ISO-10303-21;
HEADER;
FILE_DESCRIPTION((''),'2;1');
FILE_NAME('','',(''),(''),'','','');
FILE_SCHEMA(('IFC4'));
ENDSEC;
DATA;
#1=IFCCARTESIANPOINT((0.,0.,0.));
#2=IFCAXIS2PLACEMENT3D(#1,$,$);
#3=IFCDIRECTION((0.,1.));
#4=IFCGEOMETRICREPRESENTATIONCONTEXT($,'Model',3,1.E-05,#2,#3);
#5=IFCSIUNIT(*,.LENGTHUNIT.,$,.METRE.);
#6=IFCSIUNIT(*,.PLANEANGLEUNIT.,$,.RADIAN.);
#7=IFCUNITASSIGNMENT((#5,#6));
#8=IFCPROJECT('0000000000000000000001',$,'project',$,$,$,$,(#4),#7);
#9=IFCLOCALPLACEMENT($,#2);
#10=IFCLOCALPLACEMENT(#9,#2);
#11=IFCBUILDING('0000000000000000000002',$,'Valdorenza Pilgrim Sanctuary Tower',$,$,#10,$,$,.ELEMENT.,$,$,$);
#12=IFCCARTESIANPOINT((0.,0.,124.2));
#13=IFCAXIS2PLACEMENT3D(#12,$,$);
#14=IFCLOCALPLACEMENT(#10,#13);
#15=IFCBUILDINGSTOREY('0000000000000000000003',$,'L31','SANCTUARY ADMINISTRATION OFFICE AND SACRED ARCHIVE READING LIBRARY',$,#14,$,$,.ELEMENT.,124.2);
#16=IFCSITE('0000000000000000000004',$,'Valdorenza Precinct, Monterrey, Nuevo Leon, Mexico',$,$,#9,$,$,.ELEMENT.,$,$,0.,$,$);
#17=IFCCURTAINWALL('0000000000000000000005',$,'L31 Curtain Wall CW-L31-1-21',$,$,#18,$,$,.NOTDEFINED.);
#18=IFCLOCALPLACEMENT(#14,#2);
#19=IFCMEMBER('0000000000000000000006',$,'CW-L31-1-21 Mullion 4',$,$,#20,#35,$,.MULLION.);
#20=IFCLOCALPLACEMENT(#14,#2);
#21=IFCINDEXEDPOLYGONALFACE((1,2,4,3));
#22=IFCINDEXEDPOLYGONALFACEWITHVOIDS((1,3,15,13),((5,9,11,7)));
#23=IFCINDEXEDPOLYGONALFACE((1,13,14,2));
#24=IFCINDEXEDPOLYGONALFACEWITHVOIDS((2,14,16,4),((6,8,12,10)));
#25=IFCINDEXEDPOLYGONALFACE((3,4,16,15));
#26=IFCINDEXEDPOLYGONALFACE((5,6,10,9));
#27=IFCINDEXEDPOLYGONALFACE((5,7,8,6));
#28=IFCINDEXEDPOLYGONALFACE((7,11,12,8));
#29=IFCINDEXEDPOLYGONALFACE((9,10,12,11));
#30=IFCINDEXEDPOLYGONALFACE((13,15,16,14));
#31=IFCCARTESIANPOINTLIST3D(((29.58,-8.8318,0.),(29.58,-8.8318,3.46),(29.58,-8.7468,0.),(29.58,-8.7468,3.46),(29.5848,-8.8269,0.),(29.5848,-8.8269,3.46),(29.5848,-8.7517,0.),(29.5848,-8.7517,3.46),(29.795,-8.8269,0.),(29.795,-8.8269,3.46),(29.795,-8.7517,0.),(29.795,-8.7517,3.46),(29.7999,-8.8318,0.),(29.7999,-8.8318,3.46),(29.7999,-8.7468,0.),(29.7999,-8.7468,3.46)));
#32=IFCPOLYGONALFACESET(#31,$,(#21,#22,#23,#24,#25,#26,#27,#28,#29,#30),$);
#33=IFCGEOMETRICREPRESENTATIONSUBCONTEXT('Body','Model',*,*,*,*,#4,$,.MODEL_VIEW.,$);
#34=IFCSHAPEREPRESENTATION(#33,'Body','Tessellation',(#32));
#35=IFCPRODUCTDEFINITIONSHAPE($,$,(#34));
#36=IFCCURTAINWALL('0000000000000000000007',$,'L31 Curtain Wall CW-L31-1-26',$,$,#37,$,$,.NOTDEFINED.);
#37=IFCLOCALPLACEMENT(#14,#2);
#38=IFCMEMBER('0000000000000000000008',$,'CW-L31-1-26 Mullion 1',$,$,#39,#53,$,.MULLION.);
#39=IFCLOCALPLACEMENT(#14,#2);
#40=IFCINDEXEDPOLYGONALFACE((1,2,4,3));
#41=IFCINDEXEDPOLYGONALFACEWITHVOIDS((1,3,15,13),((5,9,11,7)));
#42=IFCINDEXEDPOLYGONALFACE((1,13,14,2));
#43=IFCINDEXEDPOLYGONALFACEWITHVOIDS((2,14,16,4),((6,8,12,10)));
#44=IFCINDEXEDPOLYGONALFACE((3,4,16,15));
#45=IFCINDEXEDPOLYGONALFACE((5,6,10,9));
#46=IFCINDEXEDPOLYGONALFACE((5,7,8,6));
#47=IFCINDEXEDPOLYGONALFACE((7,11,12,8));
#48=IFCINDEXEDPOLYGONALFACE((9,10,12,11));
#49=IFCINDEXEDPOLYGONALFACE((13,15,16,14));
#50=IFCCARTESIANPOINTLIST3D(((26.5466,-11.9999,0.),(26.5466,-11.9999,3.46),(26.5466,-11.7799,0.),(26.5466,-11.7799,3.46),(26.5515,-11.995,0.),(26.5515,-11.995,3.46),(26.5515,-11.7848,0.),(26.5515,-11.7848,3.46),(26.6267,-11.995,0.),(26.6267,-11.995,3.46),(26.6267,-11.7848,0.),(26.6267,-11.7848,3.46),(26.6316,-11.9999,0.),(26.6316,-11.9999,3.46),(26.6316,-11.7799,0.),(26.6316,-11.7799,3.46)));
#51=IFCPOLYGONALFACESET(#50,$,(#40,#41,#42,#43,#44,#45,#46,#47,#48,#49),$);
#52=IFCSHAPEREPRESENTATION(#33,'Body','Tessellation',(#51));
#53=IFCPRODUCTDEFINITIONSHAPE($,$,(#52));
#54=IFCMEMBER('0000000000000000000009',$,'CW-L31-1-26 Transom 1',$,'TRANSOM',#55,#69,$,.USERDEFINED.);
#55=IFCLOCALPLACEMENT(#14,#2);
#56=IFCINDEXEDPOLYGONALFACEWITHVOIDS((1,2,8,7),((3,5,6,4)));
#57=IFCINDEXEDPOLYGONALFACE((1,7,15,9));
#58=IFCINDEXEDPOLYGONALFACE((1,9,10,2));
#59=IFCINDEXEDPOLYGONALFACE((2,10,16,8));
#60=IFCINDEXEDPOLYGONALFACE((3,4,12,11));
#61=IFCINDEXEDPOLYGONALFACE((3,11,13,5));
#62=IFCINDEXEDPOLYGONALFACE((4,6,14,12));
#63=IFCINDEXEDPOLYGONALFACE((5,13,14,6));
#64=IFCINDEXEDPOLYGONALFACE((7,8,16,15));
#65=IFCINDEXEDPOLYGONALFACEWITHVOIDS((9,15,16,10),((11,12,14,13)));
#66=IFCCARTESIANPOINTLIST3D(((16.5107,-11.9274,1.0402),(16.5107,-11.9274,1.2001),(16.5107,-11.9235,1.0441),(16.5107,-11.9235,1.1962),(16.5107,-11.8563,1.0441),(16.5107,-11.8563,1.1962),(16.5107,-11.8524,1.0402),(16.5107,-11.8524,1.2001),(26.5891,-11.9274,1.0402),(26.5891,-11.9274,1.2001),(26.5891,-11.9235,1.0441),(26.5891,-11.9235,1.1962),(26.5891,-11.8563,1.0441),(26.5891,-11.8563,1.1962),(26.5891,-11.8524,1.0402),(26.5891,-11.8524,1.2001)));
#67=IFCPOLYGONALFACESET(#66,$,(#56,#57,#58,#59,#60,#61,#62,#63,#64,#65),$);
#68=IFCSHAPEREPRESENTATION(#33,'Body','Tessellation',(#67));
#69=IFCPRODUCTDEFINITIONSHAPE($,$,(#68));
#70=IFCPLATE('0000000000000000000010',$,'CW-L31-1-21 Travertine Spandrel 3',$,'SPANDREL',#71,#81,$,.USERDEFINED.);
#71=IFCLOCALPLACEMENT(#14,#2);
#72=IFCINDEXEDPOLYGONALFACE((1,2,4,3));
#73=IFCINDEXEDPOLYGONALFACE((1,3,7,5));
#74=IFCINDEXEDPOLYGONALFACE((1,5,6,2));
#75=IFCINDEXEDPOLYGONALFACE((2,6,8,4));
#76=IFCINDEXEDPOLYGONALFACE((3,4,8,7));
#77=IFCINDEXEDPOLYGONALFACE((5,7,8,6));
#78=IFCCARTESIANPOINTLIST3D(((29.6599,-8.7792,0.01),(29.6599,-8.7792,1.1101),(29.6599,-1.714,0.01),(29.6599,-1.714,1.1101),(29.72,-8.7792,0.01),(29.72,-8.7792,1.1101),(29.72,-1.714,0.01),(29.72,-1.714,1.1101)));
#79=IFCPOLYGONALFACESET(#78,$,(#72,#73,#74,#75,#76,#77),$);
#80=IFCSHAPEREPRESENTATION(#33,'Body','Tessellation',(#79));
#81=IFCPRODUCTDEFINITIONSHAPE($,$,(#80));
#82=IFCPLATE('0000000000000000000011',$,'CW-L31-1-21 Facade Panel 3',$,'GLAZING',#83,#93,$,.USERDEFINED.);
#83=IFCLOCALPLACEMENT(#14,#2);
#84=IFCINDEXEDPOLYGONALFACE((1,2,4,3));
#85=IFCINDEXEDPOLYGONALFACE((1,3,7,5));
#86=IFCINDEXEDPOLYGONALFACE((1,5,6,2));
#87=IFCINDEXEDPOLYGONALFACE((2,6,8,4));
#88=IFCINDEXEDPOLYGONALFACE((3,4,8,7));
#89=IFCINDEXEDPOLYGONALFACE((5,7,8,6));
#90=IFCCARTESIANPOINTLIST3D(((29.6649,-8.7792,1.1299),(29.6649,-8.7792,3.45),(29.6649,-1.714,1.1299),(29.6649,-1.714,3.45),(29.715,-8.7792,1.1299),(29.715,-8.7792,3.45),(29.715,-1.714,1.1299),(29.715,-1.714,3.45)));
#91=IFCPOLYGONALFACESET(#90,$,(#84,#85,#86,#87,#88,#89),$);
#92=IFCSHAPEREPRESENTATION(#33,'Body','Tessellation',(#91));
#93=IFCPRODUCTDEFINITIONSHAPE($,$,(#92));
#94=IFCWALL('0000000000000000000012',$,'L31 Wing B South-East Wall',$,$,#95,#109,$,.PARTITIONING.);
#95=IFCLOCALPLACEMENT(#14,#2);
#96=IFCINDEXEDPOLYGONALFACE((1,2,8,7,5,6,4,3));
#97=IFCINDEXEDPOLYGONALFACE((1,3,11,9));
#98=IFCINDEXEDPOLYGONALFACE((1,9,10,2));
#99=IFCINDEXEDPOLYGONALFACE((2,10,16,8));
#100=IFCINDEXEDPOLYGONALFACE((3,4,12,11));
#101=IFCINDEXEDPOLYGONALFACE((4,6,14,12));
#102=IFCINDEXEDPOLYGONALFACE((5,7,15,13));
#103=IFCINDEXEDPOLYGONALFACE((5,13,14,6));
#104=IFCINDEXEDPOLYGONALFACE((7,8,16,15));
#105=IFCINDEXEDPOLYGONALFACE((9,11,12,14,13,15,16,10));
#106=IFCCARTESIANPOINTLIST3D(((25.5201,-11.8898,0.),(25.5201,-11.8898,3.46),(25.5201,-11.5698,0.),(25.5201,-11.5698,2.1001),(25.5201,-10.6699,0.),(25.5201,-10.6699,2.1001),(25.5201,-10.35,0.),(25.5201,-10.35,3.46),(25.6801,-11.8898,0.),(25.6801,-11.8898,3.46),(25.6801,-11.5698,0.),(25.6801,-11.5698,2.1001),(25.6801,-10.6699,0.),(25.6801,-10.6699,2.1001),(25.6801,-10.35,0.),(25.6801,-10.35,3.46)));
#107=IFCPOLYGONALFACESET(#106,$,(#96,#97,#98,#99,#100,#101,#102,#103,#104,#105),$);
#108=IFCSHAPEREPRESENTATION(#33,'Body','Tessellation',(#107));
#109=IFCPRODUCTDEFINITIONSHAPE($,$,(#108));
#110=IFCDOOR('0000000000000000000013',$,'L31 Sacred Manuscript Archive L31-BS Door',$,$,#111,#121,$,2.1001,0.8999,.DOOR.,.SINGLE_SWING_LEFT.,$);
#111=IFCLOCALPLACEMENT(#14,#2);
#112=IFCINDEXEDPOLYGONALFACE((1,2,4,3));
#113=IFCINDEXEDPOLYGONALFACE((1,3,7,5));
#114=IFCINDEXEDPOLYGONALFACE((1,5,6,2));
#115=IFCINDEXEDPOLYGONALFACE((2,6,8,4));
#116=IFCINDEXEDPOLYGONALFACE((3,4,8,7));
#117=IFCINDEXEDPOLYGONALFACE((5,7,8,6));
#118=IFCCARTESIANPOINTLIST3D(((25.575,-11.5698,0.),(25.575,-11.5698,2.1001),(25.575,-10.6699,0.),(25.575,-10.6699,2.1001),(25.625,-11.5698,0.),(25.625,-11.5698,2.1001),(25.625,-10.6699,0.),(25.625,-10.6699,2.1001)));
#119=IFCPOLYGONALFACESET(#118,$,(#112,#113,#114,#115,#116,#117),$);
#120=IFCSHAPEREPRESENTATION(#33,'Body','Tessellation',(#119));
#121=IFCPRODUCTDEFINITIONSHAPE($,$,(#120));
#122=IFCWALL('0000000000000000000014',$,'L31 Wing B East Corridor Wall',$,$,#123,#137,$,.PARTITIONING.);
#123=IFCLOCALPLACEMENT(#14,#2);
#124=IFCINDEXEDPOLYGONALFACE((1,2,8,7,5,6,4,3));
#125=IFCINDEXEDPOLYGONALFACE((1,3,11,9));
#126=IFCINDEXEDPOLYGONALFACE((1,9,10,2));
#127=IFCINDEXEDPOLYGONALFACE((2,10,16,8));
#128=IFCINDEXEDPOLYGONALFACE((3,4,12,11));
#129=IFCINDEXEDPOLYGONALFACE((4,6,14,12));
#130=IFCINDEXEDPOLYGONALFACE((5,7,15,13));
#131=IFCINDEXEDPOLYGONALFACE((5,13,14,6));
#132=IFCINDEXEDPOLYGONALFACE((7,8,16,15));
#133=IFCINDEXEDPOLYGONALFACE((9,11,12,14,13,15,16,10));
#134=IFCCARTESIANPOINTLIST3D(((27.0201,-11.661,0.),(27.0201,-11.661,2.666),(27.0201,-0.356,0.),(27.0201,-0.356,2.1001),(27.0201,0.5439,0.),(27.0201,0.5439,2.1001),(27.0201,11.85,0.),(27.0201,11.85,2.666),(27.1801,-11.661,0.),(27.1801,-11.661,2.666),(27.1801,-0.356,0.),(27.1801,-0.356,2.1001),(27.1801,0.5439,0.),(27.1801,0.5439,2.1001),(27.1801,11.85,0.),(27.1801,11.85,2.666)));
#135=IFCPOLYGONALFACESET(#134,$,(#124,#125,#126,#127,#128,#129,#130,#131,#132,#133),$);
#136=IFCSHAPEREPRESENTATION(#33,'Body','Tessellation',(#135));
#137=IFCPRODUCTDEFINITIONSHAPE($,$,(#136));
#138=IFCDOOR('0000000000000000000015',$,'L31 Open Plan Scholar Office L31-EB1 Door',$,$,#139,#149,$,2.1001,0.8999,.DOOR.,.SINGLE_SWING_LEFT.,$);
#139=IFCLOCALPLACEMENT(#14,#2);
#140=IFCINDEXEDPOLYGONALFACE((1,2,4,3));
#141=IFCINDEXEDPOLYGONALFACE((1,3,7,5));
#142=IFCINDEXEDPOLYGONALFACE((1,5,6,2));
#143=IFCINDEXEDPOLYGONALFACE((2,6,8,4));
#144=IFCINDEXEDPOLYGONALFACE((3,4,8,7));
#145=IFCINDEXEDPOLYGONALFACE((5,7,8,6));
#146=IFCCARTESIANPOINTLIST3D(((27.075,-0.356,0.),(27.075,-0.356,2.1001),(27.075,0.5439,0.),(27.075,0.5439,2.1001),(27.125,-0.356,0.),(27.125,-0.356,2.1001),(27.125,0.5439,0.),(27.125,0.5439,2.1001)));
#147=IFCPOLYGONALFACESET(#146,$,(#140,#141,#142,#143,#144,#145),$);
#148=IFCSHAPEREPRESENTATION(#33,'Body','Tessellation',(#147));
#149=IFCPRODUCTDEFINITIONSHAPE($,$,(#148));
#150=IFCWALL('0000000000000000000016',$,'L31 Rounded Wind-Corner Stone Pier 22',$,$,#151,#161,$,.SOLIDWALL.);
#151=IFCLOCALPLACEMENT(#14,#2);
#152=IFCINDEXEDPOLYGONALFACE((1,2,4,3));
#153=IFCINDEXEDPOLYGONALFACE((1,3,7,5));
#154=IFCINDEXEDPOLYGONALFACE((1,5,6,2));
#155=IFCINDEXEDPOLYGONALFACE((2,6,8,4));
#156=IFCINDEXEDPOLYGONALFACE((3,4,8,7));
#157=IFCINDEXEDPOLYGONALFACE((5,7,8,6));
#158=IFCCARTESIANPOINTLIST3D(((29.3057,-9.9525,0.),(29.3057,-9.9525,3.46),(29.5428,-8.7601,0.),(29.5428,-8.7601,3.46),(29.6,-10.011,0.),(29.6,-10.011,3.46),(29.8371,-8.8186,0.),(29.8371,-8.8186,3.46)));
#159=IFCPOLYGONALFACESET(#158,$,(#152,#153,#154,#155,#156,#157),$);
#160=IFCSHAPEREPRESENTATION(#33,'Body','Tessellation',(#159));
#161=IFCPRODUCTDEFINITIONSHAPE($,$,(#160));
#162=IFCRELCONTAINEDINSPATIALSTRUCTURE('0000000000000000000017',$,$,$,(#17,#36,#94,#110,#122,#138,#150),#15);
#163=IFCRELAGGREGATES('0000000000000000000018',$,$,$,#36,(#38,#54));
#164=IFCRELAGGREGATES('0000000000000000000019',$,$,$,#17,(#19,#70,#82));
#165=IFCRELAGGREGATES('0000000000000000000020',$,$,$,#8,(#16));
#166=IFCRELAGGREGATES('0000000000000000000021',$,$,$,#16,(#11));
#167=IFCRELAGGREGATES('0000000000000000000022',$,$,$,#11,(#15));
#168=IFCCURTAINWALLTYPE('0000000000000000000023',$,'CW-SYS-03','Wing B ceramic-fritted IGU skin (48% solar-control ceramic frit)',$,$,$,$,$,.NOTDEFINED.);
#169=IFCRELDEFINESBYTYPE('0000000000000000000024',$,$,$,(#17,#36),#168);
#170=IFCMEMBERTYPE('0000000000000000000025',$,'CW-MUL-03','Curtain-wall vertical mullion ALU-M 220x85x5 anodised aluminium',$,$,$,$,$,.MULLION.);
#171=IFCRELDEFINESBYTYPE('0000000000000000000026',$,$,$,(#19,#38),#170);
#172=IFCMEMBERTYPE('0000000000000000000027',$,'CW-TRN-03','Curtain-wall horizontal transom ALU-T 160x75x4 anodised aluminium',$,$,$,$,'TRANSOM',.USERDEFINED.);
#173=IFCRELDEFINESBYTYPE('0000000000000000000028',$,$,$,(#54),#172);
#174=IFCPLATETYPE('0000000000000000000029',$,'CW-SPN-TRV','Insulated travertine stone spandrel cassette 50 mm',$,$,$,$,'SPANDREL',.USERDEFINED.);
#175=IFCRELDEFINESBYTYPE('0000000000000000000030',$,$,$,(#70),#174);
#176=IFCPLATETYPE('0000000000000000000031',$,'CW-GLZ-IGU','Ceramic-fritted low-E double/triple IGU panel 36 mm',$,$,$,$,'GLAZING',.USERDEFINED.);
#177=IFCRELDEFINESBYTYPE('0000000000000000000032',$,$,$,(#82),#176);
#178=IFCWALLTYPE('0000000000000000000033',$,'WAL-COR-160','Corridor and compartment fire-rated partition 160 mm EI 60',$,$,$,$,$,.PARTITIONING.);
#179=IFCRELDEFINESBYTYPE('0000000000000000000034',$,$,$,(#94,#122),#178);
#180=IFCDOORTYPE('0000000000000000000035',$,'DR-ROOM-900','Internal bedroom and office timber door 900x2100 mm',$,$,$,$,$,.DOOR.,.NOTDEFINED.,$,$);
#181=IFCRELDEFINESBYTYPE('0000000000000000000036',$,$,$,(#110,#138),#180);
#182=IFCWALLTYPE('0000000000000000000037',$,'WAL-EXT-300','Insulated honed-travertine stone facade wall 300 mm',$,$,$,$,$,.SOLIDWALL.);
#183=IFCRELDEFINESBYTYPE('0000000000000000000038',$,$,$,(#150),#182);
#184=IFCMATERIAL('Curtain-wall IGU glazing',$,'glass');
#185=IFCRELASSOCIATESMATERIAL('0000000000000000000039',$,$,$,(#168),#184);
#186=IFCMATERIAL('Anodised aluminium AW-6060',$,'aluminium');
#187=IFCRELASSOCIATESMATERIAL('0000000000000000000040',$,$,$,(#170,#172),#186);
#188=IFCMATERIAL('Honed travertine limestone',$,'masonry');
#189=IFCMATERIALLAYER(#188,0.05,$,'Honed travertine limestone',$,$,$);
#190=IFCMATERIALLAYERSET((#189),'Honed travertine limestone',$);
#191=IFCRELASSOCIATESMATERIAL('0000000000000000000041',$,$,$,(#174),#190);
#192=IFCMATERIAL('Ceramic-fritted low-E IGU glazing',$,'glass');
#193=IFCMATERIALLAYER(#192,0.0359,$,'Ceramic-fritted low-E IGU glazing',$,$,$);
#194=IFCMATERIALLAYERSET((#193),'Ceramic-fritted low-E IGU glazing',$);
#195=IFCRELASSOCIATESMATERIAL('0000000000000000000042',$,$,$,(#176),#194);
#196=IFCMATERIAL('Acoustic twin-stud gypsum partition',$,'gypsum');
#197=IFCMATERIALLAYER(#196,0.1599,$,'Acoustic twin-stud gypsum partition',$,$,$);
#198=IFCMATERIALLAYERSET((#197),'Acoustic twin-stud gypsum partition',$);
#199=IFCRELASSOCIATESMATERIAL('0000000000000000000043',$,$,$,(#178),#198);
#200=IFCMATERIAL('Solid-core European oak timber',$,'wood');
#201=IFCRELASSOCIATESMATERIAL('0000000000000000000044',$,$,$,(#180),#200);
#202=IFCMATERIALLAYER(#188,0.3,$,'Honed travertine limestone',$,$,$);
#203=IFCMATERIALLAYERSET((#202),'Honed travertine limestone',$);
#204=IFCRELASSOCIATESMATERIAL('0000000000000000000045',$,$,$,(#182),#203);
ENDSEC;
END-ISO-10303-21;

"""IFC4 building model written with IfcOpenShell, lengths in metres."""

from ifc_helpers import new_model, si_unit, direction, frame, frame_2d, origin, origin_2d, place, context, subcontext, project, spatial, rectangle, hollow_rectangle, extrude, source, transform, mapped, material, layer, layer_set, material_profile, profile_set, type_object, element, fill, aggregate, save


model = new_model("IFC4")

# Units and contexts
model_context = context("Model", 3, precision=1e-05, world=origin(), true_north=direction((0.0, 1.0)))
body_context = subcontext(model_context, "Body", "Model", "MODEL_VIEW")
ifc_project = project(units=[si_unit("LENGTHUNIT", "METRE"), si_unit("PLANEANGLEUNIT", "RADIAN")], contexts=[model_context])

# Site, building, storey
site_placement = place(None, origin())
site = spatial("IfcSite", under=ifc_project, at=site_placement, Name="Valdorenza Precinct, Monterrey, Nuevo Leon, Mexico", CompositionType="ELEMENT", RefElevation=0.0)
building_placement = place(site_placement, origin())
building = spatial("IfcBuilding", under=site, at=building_placement, Name="Valdorenza Pilgrim Sanctuary Tower", CompositionType="ELEMENT")
storey_placement = place(building_placement, frame((0.0, 0.0, 124.2)))
storey = spatial("IfcBuildingStorey", under=building, at=storey_placement, Name="L31", Description="SANCTUARY ADMINISTRATION OFFICE AND SACRED ARCHIVE READING LIBRARY", CompositionType="ELEMENT", Elevation=124.2)

# Curtain walls, members
ifc_material_1 = material(Name="Curtain-wall IGU glazing", Category="glass")
curtain_wall_type = type_object("IfcCurtainWallType", Name="CW-SYS-03", Description="Wing B ceramic-fritted IGU skin (48% solar-control ceramic frit)", PredefinedType="NOTDEFINED", material=ifc_material_1)
curtain_wall_1_placement = place(storey_placement, origin())
curtain_wall_1 = element("IfcCurtainWall", 1, at=curtain_wall_1_placement, inside=storey, type_object=curtain_wall_type, Name="L31 Curtain Wall CW-L31-1-21", PredefinedType="NOTDEFINED")
ifc_material_2 = material(Name="Anodised aluminium AW-6060", Category="aluminium")
ifc_material_profile_1 = material_profile(ifc_material_2, hollow_rectangle(XDim=0.085, YDim=0.22, WallThickness=0.0049, at=origin_2d()), Name="ALU-M 220x85x5")
ifc_profile_set_1 = profile_set([ifc_material_profile_1], Name="Anodised aluminium AW-6060")
member_type_1 = type_object("IfcMemberType", Name="CW-MUL-03", Description="Curtain-wall vertical mullion ALU-M 220x85x5 anodised aluminium", PredefinedType="MULLION", material=ifc_profile_set_1)
shared_shape_1 = source(origin(), body_context, "Body", "SweptSolid", [
    extrude(hollow_rectangle(XDim=0.085, YDim=0.22, WallThickness=0.0049, at=origin_2d()), origin(), (0.0, 0.0, 1.0), 3.46),
])
member_1_placement = place(storey_placement, frame((29.6899, -8.7893, 0.0), z_axis=(0.0, 0.0, 1.0), x_axis=(0.0, -1.0, 0.0)))
member_1 = element("IfcMember", 2, at=member_1_placement, type_object=member_type_1, Name="CW-L31-1-21 Mullion 4", PredefinedType="MULLION", context=body_context, shape_type="MappedRepresentation", body=[
    mapped(shared_shape_1, transform((0.0, 0.0, 0.0), x_axis=(1.0, 0.0, 0.0), y_axis=(0.0, 1.0, 0.0), z_axis=(0.0, 0.0, 1.0), scale=1.0)),
])
curtain_wall_2_placement = place(storey_placement, origin())
curtain_wall_2 = element("IfcCurtainWall", 3, at=curtain_wall_2_placement, inside=storey, type_object=curtain_wall_type, Name="L31 Curtain Wall CW-L31-1-26", PredefinedType="NOTDEFINED")
member_2_placement = place(storey_placement, frame((26.5891, -11.8899, 0.0), z_axis=(0.0, 0.0, 1.0), x_axis=(-1.0, 0.0, 0.0)))
member_2 = element("IfcMember", 4, at=member_2_placement, type_object=member_type_1, Name="CW-L31-1-26 Mullion 1", PredefinedType="MULLION", context=body_context, shape_type="MappedRepresentation", body=[
    mapped(shared_shape_1, transform((0.0, 0.0, 0.0), x_axis=(1.0, 0.0, 0.0), y_axis=(0.0, 1.0, 0.0), z_axis=(0.0, 0.0, 1.0), scale=1.0)),
])
ifc_material_profile_2 = material_profile(ifc_material_2, hollow_rectangle(XDim=0.075, YDim=0.1599, WallThickness=0.0039, at=origin_2d()), Name="ALU-T 160x75x4")
ifc_profile_set_2 = profile_set([ifc_material_profile_2], Name="Anodised aluminium AW-6060")
member_type_2 = type_object("IfcMemberType", Name="CW-TRN-03", Description="Curtain-wall horizontal transom ALU-T 160x75x4 anodised aluminium", ElementType="TRANSOM", PredefinedType="USERDEFINED", material=ifc_profile_set_2)
shared_shape_2 = source(origin(), body_context, "Body", "SweptSolid", [
    extrude(hollow_rectangle(XDim=0.075, YDim=0.1599, WallThickness=0.0039, at=origin_2d()), origin(), (0.0, 0.0, 1.0), 10.0784),
])
member_3_placement = place(storey_placement, frame((26.5891, -11.8899, 1.1201), z_axis=(-1.0, 0.0, 0.0), x_axis=(0.0, -1.0, 0.0)))
member_3 = element("IfcMember", 5, at=member_3_placement, type_object=member_type_2, Name="CW-L31-1-26 Transom 1", ObjectType="TRANSOM", PredefinedType="USERDEFINED", context=body_context, shape_type="MappedRepresentation", body=[
    mapped(shared_shape_2, transform((0.0, 0.0, 0.0), x_axis=(1.0, 0.0, 0.0), y_axis=(0.0, 1.0, 0.0), z_axis=(0.0, 0.0, 1.0), scale=1.0)),
])
aggregate(curtain_wall_2, [member_2, member_3])

# Plates
ifc_material_3 = material(Name="Honed travertine limestone", Category="masonry")
ifc_layer_1 = layer(ifc_material_3, 0.05, Name="Honed travertine limestone")
ifc_layer_set_1 = layer_set([ifc_layer_1], Name="Honed travertine limestone")
plate_type_1 = type_object("IfcPlateType", Name="CW-SPN-TRV", Description="Insulated travertine stone spandrel cassette 50 mm", ElementType="SPANDREL", PredefinedType="USERDEFINED", material=ifc_layer_set_1)
shared_shape_3 = source(origin(), body_context, "Body", "SweptSolid", [
    extrude(rectangle(XDim=7.0652, YDim=0.0601, at=origin_2d()), origin(), (0.0, 0.0, 1.0), 1.1001),
])
plate_1_placement = place(storey_placement, frame((29.6899, -5.2466, 0.01), z_axis=(0.0, 0.0, 1.0), x_axis=(0.0, -1.0, 0.0)))
plate_1 = element("IfcPlate", 6, at=plate_1_placement, type_object=plate_type_1, Name="CW-L31-1-21 Travertine Spandrel 3", ObjectType="SPANDREL", PredefinedType="USERDEFINED", context=body_context, shape_type="MappedRepresentation", body=[
    mapped(shared_shape_3, transform((0.0, 0.0, 0.0), x_axis=(1.0, 0.0, 0.0), y_axis=(0.0, 1.0, 0.0), z_axis=(0.0, 0.0, 1.0), scale=1.0)),
])
ifc_material_4 = material(Name="Ceramic-fritted low-E IGU glazing", Category="glass")
ifc_layer_2 = layer(ifc_material_4, 0.0359, Name="Ceramic-fritted low-E IGU glazing")
ifc_layer_set_2 = layer_set([ifc_layer_2], Name="Ceramic-fritted low-E IGU glazing")
plate_type_2 = type_object("IfcPlateType", Name="CW-GLZ-IGU", Description="Ceramic-fritted low-E double/triple IGU panel 36 mm", ElementType="GLAZING", PredefinedType="USERDEFINED", material=ifc_layer_set_2)
shared_shape_4 = source(origin(), body_context, "Body", "SweptSolid", [
    extrude(rectangle(XDim=7.0652, YDim=0.05, at=origin_2d()), origin(), (0.0, 0.0, 1.0), 2.3201),
])
plate_2_placement = place(storey_placement, frame((29.6899, -5.2466, 1.1299), z_axis=(0.0, 0.0, 1.0), x_axis=(0.0, -1.0, 0.0)))
plate_2 = element("IfcPlate", 7, at=plate_2_placement, type_object=plate_type_2, Name="CW-L31-1-21 Facade Panel 3", ObjectType="GLAZING", PredefinedType="USERDEFINED", context=body_context, shape_type="MappedRepresentation", body=[
    mapped(shared_shape_4, transform((0.0, 0.0, 0.0), x_axis=(1.0, 0.0, 0.0), y_axis=(0.0, 1.0, 0.0), z_axis=(0.0, 0.0, 1.0), scale=1.0)),
])
aggregate(curtain_wall_1, [member_1, plate_1, plate_2])

# Walls, openings, doors
ifc_material_5 = material(Name="Acoustic twin-stud gypsum partition", Category="gypsum")
ifc_layer_3 = layer(ifc_material_5, 0.1599, Name="Acoustic twin-stud gypsum partition")
ifc_layer_set_3 = layer_set([ifc_layer_3], Name="Acoustic twin-stud gypsum partition")
wall_type_1 = type_object("IfcWallType", Name="WAL-COR-160", Description="Corridor and compartment fire-rated partition 160 mm EI 60", PredefinedType="PARTITIONING", material=ifc_layer_set_3)
wall_1_placement = place(storey_placement, frame((25.6001, -11.8899, 0.0), z_axis=(0.0, 0.0, 1.0), x_axis=(0.0, 1.0, 0.0)))
wall_1 = element("IfcWall", 8, at=wall_1_placement, inside=storey, type_object=wall_type_1, Name="L31 Wing B South-East Wall", PredefinedType="PARTITIONING", context=body_context, shape_type="SweptSolid", body=[
    extrude(rectangle(XDim=1.5398, YDim=0.1599, at=frame_2d((0.77, 0.0))), origin(), (0.0, 0.0, 1.0), 3.46),
])
opening_1_placement = place(wall_1_placement, frame((0.3201, 0.0, 0.0)))
opening_1 = element("IfcOpeningElement", 9, at=opening_1_placement, cuts=wall_1, PredefinedType="OPENING", context=body_context, shape_type="SweptSolid", body=[
    extrude(rectangle(XDim=0.8999, YDim=2.1001, at=frame_2d((0.45, 1.05))), frame((0.0, 0.0947, 0.0), z_axis=(0.0, -1.0, 0.0), x_axis=(1.0, 0.0, 0.0)), (0.0, 0.0, 1.0), 0.1897),
])
ifc_material_6 = material(Name="Solid-core European oak timber", Category="wood")
door_type = type_object("IfcDoorType", Name="DR-ROOM-900", Description="Internal bedroom and office timber door 900x2100 mm", OperationType="NOTDEFINED", PredefinedType="DOOR", material=ifc_material_6)
door_1_placement = place(opening_1_placement, frame((0.8999, 0.0, 0.0), z_axis=(0.0, 0.0, 1.0), x_axis=(-1.0, 0.0, 0.0)))
door_1 = element("IfcDoor", 10, at=door_1_placement, inside=storey, type_object=door_type, Name="L31 Sacred Manuscript Archive L31-BS Door", OperationType="SINGLE_SWING_LEFT", OverallHeight=2.1001, OverallWidth=0.8999, PredefinedType="DOOR", context=body_context, shape_type="SweptSolid", body=[
    extrude(rectangle(XDim=0.8999, YDim=2.1001, at=frame_2d((0.45, 1.05))), frame((0.0, 0.0249, 0.0), z_axis=(0.0, -1.0, 0.0), x_axis=(1.0, 0.0, 0.0)), (0.0, 0.0, 1.0), 0.05),
])
fill(opening_1, door_1)
wall_2_placement = place(storey_placement, frame((27.1001, -11.6609, 0.0), z_axis=(0.0, 0.0, 1.0), x_axis=(0.0, 1.0, 0.0)))
wall_2 = element("IfcWall", 11, at=wall_2_placement, inside=storey, type_object=wall_type_1, Name="L31 Wing B East Corridor Wall", PredefinedType="PARTITIONING", context=body_context, shape_type="SweptSolid", body=[
    extrude(rectangle(XDim=23.511, YDim=0.1599, at=frame_2d((11.7554, 0.0))), origin(), (0.0, 0.0, 1.0), 2.666),
])
opening_2_placement = place(wall_2_placement, frame((11.3049, 0.0, 0.0)))
opening_2 = element("IfcOpeningElement", 12, at=opening_2_placement, cuts=wall_2, PredefinedType="OPENING", context=body_context, shape_type="SweptSolid", body=[
    extrude(rectangle(XDim=0.8999, YDim=2.1001, at=frame_2d((0.45, 1.05))), frame((0.0, 0.0947, 0.0), z_axis=(0.0, -1.0, 0.0), x_axis=(1.0, 0.0, 0.0)), (0.0, 0.0, 1.0), 0.1897),
])
door_2_placement = place(opening_2_placement, frame((0.8999, 0.0, 0.0), z_axis=(0.0, 0.0, 1.0), x_axis=(-1.0, 0.0, 0.0)))
door_2 = element("IfcDoor", 13, at=door_2_placement, inside=storey, type_object=door_type, Name="L31 Open Plan Scholar Office L31-EB1 Door", OperationType="SINGLE_SWING_LEFT", OverallHeight=2.1001, OverallWidth=0.8999, PredefinedType="DOOR", context=body_context, shape_type="SweptSolid", body=[
    extrude(rectangle(XDim=0.8999, YDim=2.1001, at=frame_2d((0.45, 1.05))), frame((0.0, 0.0249, 0.0), z_axis=(0.0, -1.0, 0.0), x_axis=(1.0, 0.0, 0.0)), (0.0, 0.0, 1.0), 0.05),
])
fill(opening_2, door_2)

# Wall
ifc_layer_4 = layer(ifc_material_3, 0.3, Name="Honed travertine limestone")
ifc_layer_set_4 = layer_set([ifc_layer_4], Name="Honed travertine limestone")
wall_type_2 = type_object("IfcWallType", Name="WAL-EXT-300", Description="Insulated honed-travertine stone facade wall 300 mm", PredefinedType="SOLIDWALL", material=ifc_layer_set_4)
wall_3_placement = place(storey_placement, frame((29.6899, -8.7893, 0.0), z_axis=(0.0, 0.0, 1.0), x_axis=(-0.194996, -0.980804, 0.0)))
element("IfcWall", 14, at=wall_3_placement, inside=storey, type_object=wall_type_2, Name="L31 Rounded Wind-Corner Stone Pier 22", PredefinedType="SOLIDWALL", context=body_context, shape_type="SweptSolid", body=[
    extrude(rectangle(XDim=1.2158, YDim=0.3, at=frame_2d((0.6079, 0.0))), origin(), (0.0, 0.0, 1.0), 3.46),
])

save(model, "model.ifc")
